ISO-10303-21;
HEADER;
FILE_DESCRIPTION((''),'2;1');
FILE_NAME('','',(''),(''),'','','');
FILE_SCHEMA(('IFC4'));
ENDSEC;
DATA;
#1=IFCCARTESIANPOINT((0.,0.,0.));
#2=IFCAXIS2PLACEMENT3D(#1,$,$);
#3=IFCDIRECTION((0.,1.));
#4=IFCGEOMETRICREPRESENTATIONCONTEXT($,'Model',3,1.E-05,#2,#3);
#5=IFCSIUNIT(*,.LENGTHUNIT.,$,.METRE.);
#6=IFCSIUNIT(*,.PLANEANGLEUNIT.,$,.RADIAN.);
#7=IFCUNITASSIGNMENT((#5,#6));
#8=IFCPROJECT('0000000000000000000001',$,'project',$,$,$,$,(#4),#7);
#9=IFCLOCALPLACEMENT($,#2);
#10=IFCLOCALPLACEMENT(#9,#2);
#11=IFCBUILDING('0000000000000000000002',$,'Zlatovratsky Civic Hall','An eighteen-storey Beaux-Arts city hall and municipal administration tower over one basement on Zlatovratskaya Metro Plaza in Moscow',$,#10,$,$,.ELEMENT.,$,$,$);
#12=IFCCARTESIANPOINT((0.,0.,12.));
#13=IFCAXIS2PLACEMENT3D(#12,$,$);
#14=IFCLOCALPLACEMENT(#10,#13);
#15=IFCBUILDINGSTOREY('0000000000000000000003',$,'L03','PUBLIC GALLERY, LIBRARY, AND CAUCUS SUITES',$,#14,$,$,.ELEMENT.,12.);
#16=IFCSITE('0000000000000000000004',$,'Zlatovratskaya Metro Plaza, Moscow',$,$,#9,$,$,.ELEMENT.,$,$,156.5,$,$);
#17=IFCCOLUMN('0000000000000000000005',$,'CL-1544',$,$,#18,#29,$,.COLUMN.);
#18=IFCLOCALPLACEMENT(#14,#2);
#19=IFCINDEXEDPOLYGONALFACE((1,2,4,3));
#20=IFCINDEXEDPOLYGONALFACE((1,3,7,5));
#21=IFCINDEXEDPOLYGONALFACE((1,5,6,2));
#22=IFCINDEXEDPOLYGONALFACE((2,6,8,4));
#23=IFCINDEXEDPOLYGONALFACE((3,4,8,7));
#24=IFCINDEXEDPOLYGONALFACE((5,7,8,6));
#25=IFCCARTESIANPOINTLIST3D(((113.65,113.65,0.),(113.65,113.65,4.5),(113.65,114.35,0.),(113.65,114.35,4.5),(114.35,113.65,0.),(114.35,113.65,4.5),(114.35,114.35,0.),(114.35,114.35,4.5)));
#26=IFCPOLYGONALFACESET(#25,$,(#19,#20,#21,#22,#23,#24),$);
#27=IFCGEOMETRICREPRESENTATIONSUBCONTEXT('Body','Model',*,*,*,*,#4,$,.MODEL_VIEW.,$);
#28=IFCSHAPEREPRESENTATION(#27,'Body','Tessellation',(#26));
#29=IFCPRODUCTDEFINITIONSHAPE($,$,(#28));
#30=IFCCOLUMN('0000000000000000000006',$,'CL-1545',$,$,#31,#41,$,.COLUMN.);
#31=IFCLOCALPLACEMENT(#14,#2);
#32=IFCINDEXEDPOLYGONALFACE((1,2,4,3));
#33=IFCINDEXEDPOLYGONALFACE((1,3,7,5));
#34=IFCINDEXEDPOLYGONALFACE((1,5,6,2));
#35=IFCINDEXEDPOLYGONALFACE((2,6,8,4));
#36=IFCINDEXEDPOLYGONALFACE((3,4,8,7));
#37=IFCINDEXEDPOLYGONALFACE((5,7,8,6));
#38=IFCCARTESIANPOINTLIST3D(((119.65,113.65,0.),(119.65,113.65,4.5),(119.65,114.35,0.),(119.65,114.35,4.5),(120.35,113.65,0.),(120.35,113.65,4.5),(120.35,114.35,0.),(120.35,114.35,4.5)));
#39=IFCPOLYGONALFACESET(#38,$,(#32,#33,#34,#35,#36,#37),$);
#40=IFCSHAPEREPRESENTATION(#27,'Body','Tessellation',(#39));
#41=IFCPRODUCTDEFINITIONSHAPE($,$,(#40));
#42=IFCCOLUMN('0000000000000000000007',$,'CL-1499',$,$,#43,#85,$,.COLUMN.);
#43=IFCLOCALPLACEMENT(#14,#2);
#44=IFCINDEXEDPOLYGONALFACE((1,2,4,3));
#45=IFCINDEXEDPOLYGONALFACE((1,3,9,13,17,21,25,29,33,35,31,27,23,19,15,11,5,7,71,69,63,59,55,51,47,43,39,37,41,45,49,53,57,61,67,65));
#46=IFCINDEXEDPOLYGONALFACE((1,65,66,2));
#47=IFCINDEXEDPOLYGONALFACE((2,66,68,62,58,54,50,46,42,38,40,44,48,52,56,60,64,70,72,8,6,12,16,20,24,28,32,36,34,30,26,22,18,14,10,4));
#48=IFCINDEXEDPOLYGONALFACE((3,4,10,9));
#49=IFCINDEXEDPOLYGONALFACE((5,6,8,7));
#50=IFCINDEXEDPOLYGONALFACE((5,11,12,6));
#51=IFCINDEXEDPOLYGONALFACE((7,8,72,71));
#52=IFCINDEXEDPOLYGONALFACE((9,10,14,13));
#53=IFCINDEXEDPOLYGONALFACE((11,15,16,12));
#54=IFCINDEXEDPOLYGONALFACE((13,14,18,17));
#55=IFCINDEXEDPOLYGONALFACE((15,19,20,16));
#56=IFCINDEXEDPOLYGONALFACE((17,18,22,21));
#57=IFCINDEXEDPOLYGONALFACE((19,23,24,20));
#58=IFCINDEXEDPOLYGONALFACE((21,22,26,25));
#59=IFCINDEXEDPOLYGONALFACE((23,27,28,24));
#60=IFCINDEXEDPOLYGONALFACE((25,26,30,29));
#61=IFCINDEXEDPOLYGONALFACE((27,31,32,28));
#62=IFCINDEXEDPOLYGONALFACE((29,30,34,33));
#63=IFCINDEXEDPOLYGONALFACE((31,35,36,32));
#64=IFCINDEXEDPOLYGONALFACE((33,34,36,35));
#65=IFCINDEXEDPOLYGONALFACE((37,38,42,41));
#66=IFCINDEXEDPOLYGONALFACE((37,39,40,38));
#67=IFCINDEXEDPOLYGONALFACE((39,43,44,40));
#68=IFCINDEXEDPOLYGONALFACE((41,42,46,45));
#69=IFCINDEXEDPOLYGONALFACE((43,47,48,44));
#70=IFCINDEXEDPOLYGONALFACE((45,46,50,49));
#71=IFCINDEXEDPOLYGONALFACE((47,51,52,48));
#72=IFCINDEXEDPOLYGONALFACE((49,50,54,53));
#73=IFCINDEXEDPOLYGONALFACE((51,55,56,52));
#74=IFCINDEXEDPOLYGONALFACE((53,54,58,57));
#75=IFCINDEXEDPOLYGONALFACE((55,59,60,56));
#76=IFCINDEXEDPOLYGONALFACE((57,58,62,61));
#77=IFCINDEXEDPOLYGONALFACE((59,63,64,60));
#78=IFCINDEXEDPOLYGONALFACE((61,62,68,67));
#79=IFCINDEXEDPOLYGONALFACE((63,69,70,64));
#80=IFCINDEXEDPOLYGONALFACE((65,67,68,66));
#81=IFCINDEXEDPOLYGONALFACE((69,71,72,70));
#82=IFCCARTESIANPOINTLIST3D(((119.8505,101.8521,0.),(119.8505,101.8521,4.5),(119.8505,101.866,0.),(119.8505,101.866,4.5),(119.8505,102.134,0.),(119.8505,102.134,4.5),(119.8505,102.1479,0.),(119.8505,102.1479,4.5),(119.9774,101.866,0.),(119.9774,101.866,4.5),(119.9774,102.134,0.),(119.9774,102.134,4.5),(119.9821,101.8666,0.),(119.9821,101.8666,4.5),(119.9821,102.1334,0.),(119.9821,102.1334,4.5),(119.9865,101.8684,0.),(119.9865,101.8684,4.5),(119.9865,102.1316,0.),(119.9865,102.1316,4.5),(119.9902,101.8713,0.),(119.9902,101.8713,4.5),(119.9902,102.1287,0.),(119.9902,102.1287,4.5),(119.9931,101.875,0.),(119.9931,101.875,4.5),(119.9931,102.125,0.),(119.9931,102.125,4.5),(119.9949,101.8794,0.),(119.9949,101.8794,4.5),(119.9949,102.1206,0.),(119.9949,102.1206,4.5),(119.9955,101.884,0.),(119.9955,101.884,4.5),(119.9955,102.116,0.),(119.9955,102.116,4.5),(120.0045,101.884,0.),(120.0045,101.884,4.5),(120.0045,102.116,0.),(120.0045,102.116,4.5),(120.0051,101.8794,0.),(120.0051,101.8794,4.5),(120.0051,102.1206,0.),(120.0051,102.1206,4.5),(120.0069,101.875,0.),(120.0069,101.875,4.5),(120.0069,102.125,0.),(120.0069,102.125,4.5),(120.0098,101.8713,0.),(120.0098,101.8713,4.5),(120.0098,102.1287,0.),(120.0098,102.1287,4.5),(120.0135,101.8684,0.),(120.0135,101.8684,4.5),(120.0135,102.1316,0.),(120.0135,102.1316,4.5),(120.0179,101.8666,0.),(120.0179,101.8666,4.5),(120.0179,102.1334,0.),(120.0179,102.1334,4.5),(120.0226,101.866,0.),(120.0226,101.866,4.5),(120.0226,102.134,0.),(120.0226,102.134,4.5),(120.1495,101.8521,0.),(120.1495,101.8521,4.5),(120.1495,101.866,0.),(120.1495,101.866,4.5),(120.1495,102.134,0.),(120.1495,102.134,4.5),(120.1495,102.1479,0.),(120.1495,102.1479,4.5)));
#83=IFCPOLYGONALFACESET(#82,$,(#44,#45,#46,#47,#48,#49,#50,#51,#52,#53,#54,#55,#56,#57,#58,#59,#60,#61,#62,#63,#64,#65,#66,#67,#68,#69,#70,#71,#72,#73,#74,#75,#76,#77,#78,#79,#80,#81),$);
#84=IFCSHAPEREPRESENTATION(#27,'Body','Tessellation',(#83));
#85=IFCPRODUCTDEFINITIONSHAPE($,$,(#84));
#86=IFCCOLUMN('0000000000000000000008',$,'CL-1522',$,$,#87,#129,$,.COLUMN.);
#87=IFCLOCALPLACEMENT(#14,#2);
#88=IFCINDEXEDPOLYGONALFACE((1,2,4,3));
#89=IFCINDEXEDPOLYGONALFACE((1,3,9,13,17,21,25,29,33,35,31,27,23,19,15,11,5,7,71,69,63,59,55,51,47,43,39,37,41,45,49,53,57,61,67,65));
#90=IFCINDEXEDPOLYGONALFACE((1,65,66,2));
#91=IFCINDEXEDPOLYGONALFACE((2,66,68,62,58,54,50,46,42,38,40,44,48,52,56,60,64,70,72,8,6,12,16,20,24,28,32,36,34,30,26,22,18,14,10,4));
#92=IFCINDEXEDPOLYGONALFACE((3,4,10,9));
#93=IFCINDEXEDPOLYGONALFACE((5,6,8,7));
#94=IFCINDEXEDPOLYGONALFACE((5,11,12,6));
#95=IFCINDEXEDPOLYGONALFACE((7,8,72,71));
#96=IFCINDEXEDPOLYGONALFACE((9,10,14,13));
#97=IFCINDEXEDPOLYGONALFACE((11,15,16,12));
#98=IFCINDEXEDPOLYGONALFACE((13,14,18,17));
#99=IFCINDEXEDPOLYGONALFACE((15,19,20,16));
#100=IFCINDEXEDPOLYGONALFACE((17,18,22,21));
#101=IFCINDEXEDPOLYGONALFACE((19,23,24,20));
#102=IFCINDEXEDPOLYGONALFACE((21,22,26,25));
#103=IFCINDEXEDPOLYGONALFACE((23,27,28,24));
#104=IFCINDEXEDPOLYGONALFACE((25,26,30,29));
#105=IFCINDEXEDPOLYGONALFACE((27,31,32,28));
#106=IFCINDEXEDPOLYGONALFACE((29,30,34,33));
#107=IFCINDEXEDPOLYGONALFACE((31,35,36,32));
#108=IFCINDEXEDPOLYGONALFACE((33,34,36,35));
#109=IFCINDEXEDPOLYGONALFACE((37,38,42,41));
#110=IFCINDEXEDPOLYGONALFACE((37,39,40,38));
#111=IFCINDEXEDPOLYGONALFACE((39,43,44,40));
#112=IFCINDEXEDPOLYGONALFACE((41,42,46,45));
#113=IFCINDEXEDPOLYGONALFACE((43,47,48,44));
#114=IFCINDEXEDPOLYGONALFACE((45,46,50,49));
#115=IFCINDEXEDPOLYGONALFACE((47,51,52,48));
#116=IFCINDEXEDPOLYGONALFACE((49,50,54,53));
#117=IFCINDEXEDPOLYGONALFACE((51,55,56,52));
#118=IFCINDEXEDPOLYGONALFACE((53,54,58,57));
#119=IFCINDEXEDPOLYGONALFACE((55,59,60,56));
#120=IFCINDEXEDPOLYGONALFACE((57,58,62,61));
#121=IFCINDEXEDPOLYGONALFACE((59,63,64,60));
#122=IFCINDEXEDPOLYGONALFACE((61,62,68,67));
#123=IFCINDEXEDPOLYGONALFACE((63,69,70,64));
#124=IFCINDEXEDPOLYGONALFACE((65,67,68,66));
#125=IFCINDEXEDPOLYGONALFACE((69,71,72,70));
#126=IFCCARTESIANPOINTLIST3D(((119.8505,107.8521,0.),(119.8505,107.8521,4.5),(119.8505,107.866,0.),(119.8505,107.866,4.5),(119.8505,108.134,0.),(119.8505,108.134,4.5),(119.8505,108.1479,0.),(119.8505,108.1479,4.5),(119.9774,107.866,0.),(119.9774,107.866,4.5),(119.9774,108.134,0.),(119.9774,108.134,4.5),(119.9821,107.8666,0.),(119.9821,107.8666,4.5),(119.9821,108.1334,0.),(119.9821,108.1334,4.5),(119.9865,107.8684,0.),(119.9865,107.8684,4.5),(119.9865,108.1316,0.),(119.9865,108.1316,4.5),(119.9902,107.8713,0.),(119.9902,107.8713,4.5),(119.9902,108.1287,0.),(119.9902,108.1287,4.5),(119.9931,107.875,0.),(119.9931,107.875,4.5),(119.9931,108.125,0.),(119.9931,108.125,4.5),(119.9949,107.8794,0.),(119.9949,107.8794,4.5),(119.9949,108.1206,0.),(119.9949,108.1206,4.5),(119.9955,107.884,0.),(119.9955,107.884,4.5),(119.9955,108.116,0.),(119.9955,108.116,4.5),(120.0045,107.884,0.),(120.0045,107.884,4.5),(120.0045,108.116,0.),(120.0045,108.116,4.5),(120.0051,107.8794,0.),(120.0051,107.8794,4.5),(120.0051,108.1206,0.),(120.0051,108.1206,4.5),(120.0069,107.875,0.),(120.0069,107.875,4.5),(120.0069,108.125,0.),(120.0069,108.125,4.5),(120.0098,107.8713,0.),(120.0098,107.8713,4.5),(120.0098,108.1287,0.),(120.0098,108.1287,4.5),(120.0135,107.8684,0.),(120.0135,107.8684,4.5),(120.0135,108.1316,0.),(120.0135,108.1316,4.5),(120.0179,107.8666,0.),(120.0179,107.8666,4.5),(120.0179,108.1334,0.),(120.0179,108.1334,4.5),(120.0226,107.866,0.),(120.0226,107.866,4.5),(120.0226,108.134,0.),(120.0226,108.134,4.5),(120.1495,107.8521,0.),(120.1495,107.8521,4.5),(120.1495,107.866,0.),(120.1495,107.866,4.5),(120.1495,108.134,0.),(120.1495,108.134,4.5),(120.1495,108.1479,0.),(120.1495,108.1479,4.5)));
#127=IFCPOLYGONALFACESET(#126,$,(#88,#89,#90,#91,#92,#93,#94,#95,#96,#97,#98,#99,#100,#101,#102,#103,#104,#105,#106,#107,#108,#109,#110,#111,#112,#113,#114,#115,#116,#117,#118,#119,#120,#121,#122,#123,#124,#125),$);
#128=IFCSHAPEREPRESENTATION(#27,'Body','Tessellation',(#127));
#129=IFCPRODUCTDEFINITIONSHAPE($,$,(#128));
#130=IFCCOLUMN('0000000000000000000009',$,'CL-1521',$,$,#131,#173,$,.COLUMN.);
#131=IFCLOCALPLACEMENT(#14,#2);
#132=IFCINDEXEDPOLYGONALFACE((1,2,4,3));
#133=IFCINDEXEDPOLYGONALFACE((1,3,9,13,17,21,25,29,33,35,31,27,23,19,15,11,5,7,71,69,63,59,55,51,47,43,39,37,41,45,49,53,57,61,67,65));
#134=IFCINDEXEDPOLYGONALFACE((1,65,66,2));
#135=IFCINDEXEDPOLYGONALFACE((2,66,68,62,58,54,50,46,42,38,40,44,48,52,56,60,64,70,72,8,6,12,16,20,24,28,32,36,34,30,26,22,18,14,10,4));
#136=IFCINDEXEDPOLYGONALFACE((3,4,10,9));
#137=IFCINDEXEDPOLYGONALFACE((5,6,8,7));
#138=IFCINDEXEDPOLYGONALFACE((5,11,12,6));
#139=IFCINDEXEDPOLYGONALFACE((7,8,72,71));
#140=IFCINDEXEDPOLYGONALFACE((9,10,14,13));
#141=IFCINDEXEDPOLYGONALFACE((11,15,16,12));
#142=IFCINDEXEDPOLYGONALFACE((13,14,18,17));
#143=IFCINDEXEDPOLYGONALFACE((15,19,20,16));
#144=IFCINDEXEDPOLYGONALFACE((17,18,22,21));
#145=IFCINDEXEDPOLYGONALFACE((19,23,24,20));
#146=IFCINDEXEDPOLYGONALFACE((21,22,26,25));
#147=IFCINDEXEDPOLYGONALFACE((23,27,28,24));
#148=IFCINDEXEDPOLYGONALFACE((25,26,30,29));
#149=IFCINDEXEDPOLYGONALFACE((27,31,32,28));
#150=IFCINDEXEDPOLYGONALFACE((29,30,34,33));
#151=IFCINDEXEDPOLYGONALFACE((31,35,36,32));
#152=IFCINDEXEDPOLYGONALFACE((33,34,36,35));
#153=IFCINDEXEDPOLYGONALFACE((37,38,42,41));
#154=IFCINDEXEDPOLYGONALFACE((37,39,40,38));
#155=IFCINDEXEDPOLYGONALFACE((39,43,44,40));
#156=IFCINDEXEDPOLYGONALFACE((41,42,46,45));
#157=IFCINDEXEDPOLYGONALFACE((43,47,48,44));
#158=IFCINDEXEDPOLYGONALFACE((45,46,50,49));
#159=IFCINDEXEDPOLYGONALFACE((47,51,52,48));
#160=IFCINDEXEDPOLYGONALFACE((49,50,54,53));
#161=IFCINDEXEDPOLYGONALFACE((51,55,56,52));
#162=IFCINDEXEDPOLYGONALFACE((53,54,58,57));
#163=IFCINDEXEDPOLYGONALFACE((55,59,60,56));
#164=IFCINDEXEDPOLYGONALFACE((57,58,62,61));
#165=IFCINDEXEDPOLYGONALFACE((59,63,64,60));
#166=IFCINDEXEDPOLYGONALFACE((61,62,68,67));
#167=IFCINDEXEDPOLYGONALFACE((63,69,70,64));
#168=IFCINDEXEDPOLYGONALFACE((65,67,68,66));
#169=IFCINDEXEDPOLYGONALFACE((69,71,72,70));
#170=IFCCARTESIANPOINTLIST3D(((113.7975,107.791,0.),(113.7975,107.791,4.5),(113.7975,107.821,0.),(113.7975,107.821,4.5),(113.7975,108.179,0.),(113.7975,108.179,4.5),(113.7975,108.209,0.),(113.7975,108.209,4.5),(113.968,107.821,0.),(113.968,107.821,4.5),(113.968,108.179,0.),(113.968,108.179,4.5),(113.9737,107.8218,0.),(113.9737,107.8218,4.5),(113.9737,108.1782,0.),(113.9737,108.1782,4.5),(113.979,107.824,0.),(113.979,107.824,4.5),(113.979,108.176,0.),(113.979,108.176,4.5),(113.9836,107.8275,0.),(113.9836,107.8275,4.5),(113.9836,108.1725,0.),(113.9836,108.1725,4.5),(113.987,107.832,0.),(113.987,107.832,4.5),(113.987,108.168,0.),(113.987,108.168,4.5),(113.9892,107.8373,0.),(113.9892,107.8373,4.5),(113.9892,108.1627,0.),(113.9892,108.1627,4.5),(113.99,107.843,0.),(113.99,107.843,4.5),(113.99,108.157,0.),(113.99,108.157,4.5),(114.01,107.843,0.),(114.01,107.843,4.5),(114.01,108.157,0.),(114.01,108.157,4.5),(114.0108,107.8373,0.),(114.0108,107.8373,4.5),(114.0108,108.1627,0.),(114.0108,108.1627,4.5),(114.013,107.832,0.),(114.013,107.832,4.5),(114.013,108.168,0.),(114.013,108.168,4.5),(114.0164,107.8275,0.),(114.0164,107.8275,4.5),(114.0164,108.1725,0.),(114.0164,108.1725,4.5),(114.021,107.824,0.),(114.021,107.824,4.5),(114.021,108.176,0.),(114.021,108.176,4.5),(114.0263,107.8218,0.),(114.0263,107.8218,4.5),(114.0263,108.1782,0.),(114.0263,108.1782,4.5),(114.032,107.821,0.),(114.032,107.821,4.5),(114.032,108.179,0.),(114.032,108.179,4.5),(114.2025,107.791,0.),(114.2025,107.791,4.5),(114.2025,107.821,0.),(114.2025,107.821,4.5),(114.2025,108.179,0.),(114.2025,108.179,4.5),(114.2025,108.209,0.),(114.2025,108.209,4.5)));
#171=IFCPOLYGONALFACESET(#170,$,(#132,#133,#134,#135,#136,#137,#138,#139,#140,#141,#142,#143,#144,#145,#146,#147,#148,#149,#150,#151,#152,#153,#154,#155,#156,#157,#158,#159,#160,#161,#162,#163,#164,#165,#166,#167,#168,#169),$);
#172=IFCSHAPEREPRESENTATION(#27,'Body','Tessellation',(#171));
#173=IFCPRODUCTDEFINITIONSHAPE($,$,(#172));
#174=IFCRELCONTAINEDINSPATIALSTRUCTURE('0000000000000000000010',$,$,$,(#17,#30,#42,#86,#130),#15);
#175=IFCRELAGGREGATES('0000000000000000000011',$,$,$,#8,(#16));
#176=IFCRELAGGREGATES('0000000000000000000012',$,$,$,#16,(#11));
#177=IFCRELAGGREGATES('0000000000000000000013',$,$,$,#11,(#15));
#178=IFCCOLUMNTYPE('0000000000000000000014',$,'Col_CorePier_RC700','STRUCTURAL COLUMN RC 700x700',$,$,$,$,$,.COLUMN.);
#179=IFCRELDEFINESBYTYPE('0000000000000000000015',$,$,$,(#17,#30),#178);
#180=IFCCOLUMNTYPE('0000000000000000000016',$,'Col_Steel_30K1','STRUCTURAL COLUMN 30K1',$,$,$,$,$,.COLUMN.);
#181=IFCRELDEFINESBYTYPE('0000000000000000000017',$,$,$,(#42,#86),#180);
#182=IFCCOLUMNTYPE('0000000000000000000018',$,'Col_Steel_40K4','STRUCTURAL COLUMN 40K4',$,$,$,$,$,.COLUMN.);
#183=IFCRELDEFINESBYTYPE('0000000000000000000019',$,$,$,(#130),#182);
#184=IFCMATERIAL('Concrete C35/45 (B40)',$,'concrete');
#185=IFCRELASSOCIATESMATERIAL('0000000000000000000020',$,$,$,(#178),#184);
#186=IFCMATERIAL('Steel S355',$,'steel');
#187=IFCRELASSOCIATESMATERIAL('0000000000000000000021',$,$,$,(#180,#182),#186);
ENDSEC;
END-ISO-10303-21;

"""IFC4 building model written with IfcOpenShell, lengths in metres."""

from ifc_helpers import new_model, si_unit, direction, frame, origin, origin_2d, place, context, subcontext, project, spatial, rectangle, i_section, extrude, material, material_profile, profile_set, type_object, element, save


model = new_model("IFC4")

# Units and contexts
model_context = context("Model", 3, precision=1e-05, world=origin(), true_north=direction((0.0, 1.0)))
body_context = subcontext(model_context, "Body", "Model", "MODEL_VIEW")
ifc_project = project(units=[si_unit("LENGTHUNIT", "METRE"), si_unit("PLANEANGLEUNIT", "RADIAN")], contexts=[model_context])

# Site, building, storey
site_placement = place(None, origin())
site = spatial("IfcSite", under=ifc_project, at=site_placement, Name="Zlatovratskaya Metro Plaza, Moscow", CompositionType="ELEMENT", RefElevation=156.5)
building_placement = place(site_placement, origin())
building = spatial("IfcBuilding", under=site, at=building_placement, Name="Zlatovratsky Civic Hall", Description="An eighteen-storey Beaux-Arts city hall and municipal administration tower over one basement on Zlatovratskaya Metro Plaza in Moscow", CompositionType="ELEMENT")
storey_placement = place(building_placement, frame((0.0, 0.0, 12.0)))
storey = spatial("IfcBuildingStorey", under=building, at=storey_placement, Name="L03", Description="PUBLIC GALLERY, LIBRARY, AND CAUCUS SUITES", CompositionType="ELEMENT", Elevation=12.0)

# Columns
ifc_material_1 = material(Name="Concrete C35/45 (B40)", Category="concrete")
ifc_material_profile_1 = material_profile(ifc_material_1, rectangle(XDim=0.7, YDim=0.7, at=origin_2d()), Name="RC 700x700")
ifc_profile_set_1 = profile_set([ifc_material_profile_1], Name="Concrete C35/45 (B40)")
column_type_1 = type_object("IfcColumnType", Name="Col_CorePier_RC700", Description="STRUCTURAL COLUMN RC 700x700", PredefinedType="COLUMN", material=ifc_profile_set_1)
for number, where, z_axis, x_axis, name in (
    (1, (114.0, 114.0, 0.0), (0.0, 0.0, 1.0), (1.0, 0.0, 0.0), "CL-1544"),
    (2, (120.0, 114.0, 0.0), (0.0, 0.0, 1.0), (1.0, 0.0, 0.0), "CL-1545"),
):
    element("IfcColumn", number, at=place(storey_placement, frame(where, z_axis=z_axis, x_axis=x_axis)), inside=storey, type_object=column_type_1, Name=name, PredefinedType="COLUMN", context=body_context, shape_type="SweptSolid", body=[
        extrude(rectangle(XDim=0.7, YDim=0.7, at=origin_2d()), origin(), (0.0, 0.0, 1.0), 4.5),
    ])
ifc_material_2 = material(Name="Steel S355", Category="steel")
ifc_material_profile_2 = material_profile(ifc_material_2, i_section(OverallWidth=0.2991, OverallDepth=0.2959, WebThickness=0.009, FlangeThickness=0.0139, FilletRadius=0.0181, at=origin_2d()), Name="30K1")
ifc_profile_set_2 = profile_set([ifc_material_profile_2], Name="Steel S355")
column_type_2 = type_object("IfcColumnType", Name="Col_Steel_30K1", Description="STRUCTURAL COLUMN 30K1", PredefinedType="COLUMN", material=ifc_profile_set_2)
for number, where, z_axis, x_axis, name in (
    (3, (120.0, 102.0, 0.0), (0.0, 0.0, 1.0), (1.0, 0.0, 0.0), "CL-1499"),
    (4, (120.0, 108.0, 0.0), (0.0, 0.0, 1.0), (1.0, 0.0, 0.0), "CL-1522"),
):
    element("IfcColumn", number, at=place(storey_placement, frame(where, z_axis=z_axis, x_axis=x_axis)), inside=storey, type_object=column_type_2, Name=name, PredefinedType="COLUMN", context=body_context, shape_type="SweptSolid", body=[
        extrude(i_section(OverallWidth=0.2991, OverallDepth=0.2959, WebThickness=0.009, FlangeThickness=0.0139, FilletRadius=0.0181, at=origin_2d()), origin(), (0.0, 0.0, 1.0), 4.5),
    ])
ifc_material_profile_3 = material_profile(ifc_material_2, i_section(OverallWidth=0.405, OverallDepth=0.418, WebThickness=0.02, FlangeThickness=0.03, FilletRadius=0.022, at=origin_2d()), Name="40K4")
ifc_profile_set_3 = profile_set([ifc_material_profile_3], Name="Steel S355")
column_type_3 = type_object("IfcColumnType", Name="Col_Steel_40K4", Description="STRUCTURAL COLUMN 40K4", PredefinedType="COLUMN", material=ifc_profile_set_3)
column_placement = place(storey_placement, frame((114.0, 108.0, 0.0), z_axis=(0.0, 0.0, 1.0), x_axis=(1.0, 0.0, 0.0)))
element("IfcColumn", 5, at=column_placement, inside=storey, type_object=column_type_3, Name="CL-1521", PredefinedType="COLUMN", context=body_context, shape_type="SweptSolid", body=[
    extrude(i_section(OverallWidth=0.405, OverallDepth=0.418, WebThickness=0.02, FlangeThickness=0.03, FilletRadius=0.022, at=origin_2d()), origin(), (0.0, 0.0, 1.0), 4.5),
])

save(model, "model.ifc")
